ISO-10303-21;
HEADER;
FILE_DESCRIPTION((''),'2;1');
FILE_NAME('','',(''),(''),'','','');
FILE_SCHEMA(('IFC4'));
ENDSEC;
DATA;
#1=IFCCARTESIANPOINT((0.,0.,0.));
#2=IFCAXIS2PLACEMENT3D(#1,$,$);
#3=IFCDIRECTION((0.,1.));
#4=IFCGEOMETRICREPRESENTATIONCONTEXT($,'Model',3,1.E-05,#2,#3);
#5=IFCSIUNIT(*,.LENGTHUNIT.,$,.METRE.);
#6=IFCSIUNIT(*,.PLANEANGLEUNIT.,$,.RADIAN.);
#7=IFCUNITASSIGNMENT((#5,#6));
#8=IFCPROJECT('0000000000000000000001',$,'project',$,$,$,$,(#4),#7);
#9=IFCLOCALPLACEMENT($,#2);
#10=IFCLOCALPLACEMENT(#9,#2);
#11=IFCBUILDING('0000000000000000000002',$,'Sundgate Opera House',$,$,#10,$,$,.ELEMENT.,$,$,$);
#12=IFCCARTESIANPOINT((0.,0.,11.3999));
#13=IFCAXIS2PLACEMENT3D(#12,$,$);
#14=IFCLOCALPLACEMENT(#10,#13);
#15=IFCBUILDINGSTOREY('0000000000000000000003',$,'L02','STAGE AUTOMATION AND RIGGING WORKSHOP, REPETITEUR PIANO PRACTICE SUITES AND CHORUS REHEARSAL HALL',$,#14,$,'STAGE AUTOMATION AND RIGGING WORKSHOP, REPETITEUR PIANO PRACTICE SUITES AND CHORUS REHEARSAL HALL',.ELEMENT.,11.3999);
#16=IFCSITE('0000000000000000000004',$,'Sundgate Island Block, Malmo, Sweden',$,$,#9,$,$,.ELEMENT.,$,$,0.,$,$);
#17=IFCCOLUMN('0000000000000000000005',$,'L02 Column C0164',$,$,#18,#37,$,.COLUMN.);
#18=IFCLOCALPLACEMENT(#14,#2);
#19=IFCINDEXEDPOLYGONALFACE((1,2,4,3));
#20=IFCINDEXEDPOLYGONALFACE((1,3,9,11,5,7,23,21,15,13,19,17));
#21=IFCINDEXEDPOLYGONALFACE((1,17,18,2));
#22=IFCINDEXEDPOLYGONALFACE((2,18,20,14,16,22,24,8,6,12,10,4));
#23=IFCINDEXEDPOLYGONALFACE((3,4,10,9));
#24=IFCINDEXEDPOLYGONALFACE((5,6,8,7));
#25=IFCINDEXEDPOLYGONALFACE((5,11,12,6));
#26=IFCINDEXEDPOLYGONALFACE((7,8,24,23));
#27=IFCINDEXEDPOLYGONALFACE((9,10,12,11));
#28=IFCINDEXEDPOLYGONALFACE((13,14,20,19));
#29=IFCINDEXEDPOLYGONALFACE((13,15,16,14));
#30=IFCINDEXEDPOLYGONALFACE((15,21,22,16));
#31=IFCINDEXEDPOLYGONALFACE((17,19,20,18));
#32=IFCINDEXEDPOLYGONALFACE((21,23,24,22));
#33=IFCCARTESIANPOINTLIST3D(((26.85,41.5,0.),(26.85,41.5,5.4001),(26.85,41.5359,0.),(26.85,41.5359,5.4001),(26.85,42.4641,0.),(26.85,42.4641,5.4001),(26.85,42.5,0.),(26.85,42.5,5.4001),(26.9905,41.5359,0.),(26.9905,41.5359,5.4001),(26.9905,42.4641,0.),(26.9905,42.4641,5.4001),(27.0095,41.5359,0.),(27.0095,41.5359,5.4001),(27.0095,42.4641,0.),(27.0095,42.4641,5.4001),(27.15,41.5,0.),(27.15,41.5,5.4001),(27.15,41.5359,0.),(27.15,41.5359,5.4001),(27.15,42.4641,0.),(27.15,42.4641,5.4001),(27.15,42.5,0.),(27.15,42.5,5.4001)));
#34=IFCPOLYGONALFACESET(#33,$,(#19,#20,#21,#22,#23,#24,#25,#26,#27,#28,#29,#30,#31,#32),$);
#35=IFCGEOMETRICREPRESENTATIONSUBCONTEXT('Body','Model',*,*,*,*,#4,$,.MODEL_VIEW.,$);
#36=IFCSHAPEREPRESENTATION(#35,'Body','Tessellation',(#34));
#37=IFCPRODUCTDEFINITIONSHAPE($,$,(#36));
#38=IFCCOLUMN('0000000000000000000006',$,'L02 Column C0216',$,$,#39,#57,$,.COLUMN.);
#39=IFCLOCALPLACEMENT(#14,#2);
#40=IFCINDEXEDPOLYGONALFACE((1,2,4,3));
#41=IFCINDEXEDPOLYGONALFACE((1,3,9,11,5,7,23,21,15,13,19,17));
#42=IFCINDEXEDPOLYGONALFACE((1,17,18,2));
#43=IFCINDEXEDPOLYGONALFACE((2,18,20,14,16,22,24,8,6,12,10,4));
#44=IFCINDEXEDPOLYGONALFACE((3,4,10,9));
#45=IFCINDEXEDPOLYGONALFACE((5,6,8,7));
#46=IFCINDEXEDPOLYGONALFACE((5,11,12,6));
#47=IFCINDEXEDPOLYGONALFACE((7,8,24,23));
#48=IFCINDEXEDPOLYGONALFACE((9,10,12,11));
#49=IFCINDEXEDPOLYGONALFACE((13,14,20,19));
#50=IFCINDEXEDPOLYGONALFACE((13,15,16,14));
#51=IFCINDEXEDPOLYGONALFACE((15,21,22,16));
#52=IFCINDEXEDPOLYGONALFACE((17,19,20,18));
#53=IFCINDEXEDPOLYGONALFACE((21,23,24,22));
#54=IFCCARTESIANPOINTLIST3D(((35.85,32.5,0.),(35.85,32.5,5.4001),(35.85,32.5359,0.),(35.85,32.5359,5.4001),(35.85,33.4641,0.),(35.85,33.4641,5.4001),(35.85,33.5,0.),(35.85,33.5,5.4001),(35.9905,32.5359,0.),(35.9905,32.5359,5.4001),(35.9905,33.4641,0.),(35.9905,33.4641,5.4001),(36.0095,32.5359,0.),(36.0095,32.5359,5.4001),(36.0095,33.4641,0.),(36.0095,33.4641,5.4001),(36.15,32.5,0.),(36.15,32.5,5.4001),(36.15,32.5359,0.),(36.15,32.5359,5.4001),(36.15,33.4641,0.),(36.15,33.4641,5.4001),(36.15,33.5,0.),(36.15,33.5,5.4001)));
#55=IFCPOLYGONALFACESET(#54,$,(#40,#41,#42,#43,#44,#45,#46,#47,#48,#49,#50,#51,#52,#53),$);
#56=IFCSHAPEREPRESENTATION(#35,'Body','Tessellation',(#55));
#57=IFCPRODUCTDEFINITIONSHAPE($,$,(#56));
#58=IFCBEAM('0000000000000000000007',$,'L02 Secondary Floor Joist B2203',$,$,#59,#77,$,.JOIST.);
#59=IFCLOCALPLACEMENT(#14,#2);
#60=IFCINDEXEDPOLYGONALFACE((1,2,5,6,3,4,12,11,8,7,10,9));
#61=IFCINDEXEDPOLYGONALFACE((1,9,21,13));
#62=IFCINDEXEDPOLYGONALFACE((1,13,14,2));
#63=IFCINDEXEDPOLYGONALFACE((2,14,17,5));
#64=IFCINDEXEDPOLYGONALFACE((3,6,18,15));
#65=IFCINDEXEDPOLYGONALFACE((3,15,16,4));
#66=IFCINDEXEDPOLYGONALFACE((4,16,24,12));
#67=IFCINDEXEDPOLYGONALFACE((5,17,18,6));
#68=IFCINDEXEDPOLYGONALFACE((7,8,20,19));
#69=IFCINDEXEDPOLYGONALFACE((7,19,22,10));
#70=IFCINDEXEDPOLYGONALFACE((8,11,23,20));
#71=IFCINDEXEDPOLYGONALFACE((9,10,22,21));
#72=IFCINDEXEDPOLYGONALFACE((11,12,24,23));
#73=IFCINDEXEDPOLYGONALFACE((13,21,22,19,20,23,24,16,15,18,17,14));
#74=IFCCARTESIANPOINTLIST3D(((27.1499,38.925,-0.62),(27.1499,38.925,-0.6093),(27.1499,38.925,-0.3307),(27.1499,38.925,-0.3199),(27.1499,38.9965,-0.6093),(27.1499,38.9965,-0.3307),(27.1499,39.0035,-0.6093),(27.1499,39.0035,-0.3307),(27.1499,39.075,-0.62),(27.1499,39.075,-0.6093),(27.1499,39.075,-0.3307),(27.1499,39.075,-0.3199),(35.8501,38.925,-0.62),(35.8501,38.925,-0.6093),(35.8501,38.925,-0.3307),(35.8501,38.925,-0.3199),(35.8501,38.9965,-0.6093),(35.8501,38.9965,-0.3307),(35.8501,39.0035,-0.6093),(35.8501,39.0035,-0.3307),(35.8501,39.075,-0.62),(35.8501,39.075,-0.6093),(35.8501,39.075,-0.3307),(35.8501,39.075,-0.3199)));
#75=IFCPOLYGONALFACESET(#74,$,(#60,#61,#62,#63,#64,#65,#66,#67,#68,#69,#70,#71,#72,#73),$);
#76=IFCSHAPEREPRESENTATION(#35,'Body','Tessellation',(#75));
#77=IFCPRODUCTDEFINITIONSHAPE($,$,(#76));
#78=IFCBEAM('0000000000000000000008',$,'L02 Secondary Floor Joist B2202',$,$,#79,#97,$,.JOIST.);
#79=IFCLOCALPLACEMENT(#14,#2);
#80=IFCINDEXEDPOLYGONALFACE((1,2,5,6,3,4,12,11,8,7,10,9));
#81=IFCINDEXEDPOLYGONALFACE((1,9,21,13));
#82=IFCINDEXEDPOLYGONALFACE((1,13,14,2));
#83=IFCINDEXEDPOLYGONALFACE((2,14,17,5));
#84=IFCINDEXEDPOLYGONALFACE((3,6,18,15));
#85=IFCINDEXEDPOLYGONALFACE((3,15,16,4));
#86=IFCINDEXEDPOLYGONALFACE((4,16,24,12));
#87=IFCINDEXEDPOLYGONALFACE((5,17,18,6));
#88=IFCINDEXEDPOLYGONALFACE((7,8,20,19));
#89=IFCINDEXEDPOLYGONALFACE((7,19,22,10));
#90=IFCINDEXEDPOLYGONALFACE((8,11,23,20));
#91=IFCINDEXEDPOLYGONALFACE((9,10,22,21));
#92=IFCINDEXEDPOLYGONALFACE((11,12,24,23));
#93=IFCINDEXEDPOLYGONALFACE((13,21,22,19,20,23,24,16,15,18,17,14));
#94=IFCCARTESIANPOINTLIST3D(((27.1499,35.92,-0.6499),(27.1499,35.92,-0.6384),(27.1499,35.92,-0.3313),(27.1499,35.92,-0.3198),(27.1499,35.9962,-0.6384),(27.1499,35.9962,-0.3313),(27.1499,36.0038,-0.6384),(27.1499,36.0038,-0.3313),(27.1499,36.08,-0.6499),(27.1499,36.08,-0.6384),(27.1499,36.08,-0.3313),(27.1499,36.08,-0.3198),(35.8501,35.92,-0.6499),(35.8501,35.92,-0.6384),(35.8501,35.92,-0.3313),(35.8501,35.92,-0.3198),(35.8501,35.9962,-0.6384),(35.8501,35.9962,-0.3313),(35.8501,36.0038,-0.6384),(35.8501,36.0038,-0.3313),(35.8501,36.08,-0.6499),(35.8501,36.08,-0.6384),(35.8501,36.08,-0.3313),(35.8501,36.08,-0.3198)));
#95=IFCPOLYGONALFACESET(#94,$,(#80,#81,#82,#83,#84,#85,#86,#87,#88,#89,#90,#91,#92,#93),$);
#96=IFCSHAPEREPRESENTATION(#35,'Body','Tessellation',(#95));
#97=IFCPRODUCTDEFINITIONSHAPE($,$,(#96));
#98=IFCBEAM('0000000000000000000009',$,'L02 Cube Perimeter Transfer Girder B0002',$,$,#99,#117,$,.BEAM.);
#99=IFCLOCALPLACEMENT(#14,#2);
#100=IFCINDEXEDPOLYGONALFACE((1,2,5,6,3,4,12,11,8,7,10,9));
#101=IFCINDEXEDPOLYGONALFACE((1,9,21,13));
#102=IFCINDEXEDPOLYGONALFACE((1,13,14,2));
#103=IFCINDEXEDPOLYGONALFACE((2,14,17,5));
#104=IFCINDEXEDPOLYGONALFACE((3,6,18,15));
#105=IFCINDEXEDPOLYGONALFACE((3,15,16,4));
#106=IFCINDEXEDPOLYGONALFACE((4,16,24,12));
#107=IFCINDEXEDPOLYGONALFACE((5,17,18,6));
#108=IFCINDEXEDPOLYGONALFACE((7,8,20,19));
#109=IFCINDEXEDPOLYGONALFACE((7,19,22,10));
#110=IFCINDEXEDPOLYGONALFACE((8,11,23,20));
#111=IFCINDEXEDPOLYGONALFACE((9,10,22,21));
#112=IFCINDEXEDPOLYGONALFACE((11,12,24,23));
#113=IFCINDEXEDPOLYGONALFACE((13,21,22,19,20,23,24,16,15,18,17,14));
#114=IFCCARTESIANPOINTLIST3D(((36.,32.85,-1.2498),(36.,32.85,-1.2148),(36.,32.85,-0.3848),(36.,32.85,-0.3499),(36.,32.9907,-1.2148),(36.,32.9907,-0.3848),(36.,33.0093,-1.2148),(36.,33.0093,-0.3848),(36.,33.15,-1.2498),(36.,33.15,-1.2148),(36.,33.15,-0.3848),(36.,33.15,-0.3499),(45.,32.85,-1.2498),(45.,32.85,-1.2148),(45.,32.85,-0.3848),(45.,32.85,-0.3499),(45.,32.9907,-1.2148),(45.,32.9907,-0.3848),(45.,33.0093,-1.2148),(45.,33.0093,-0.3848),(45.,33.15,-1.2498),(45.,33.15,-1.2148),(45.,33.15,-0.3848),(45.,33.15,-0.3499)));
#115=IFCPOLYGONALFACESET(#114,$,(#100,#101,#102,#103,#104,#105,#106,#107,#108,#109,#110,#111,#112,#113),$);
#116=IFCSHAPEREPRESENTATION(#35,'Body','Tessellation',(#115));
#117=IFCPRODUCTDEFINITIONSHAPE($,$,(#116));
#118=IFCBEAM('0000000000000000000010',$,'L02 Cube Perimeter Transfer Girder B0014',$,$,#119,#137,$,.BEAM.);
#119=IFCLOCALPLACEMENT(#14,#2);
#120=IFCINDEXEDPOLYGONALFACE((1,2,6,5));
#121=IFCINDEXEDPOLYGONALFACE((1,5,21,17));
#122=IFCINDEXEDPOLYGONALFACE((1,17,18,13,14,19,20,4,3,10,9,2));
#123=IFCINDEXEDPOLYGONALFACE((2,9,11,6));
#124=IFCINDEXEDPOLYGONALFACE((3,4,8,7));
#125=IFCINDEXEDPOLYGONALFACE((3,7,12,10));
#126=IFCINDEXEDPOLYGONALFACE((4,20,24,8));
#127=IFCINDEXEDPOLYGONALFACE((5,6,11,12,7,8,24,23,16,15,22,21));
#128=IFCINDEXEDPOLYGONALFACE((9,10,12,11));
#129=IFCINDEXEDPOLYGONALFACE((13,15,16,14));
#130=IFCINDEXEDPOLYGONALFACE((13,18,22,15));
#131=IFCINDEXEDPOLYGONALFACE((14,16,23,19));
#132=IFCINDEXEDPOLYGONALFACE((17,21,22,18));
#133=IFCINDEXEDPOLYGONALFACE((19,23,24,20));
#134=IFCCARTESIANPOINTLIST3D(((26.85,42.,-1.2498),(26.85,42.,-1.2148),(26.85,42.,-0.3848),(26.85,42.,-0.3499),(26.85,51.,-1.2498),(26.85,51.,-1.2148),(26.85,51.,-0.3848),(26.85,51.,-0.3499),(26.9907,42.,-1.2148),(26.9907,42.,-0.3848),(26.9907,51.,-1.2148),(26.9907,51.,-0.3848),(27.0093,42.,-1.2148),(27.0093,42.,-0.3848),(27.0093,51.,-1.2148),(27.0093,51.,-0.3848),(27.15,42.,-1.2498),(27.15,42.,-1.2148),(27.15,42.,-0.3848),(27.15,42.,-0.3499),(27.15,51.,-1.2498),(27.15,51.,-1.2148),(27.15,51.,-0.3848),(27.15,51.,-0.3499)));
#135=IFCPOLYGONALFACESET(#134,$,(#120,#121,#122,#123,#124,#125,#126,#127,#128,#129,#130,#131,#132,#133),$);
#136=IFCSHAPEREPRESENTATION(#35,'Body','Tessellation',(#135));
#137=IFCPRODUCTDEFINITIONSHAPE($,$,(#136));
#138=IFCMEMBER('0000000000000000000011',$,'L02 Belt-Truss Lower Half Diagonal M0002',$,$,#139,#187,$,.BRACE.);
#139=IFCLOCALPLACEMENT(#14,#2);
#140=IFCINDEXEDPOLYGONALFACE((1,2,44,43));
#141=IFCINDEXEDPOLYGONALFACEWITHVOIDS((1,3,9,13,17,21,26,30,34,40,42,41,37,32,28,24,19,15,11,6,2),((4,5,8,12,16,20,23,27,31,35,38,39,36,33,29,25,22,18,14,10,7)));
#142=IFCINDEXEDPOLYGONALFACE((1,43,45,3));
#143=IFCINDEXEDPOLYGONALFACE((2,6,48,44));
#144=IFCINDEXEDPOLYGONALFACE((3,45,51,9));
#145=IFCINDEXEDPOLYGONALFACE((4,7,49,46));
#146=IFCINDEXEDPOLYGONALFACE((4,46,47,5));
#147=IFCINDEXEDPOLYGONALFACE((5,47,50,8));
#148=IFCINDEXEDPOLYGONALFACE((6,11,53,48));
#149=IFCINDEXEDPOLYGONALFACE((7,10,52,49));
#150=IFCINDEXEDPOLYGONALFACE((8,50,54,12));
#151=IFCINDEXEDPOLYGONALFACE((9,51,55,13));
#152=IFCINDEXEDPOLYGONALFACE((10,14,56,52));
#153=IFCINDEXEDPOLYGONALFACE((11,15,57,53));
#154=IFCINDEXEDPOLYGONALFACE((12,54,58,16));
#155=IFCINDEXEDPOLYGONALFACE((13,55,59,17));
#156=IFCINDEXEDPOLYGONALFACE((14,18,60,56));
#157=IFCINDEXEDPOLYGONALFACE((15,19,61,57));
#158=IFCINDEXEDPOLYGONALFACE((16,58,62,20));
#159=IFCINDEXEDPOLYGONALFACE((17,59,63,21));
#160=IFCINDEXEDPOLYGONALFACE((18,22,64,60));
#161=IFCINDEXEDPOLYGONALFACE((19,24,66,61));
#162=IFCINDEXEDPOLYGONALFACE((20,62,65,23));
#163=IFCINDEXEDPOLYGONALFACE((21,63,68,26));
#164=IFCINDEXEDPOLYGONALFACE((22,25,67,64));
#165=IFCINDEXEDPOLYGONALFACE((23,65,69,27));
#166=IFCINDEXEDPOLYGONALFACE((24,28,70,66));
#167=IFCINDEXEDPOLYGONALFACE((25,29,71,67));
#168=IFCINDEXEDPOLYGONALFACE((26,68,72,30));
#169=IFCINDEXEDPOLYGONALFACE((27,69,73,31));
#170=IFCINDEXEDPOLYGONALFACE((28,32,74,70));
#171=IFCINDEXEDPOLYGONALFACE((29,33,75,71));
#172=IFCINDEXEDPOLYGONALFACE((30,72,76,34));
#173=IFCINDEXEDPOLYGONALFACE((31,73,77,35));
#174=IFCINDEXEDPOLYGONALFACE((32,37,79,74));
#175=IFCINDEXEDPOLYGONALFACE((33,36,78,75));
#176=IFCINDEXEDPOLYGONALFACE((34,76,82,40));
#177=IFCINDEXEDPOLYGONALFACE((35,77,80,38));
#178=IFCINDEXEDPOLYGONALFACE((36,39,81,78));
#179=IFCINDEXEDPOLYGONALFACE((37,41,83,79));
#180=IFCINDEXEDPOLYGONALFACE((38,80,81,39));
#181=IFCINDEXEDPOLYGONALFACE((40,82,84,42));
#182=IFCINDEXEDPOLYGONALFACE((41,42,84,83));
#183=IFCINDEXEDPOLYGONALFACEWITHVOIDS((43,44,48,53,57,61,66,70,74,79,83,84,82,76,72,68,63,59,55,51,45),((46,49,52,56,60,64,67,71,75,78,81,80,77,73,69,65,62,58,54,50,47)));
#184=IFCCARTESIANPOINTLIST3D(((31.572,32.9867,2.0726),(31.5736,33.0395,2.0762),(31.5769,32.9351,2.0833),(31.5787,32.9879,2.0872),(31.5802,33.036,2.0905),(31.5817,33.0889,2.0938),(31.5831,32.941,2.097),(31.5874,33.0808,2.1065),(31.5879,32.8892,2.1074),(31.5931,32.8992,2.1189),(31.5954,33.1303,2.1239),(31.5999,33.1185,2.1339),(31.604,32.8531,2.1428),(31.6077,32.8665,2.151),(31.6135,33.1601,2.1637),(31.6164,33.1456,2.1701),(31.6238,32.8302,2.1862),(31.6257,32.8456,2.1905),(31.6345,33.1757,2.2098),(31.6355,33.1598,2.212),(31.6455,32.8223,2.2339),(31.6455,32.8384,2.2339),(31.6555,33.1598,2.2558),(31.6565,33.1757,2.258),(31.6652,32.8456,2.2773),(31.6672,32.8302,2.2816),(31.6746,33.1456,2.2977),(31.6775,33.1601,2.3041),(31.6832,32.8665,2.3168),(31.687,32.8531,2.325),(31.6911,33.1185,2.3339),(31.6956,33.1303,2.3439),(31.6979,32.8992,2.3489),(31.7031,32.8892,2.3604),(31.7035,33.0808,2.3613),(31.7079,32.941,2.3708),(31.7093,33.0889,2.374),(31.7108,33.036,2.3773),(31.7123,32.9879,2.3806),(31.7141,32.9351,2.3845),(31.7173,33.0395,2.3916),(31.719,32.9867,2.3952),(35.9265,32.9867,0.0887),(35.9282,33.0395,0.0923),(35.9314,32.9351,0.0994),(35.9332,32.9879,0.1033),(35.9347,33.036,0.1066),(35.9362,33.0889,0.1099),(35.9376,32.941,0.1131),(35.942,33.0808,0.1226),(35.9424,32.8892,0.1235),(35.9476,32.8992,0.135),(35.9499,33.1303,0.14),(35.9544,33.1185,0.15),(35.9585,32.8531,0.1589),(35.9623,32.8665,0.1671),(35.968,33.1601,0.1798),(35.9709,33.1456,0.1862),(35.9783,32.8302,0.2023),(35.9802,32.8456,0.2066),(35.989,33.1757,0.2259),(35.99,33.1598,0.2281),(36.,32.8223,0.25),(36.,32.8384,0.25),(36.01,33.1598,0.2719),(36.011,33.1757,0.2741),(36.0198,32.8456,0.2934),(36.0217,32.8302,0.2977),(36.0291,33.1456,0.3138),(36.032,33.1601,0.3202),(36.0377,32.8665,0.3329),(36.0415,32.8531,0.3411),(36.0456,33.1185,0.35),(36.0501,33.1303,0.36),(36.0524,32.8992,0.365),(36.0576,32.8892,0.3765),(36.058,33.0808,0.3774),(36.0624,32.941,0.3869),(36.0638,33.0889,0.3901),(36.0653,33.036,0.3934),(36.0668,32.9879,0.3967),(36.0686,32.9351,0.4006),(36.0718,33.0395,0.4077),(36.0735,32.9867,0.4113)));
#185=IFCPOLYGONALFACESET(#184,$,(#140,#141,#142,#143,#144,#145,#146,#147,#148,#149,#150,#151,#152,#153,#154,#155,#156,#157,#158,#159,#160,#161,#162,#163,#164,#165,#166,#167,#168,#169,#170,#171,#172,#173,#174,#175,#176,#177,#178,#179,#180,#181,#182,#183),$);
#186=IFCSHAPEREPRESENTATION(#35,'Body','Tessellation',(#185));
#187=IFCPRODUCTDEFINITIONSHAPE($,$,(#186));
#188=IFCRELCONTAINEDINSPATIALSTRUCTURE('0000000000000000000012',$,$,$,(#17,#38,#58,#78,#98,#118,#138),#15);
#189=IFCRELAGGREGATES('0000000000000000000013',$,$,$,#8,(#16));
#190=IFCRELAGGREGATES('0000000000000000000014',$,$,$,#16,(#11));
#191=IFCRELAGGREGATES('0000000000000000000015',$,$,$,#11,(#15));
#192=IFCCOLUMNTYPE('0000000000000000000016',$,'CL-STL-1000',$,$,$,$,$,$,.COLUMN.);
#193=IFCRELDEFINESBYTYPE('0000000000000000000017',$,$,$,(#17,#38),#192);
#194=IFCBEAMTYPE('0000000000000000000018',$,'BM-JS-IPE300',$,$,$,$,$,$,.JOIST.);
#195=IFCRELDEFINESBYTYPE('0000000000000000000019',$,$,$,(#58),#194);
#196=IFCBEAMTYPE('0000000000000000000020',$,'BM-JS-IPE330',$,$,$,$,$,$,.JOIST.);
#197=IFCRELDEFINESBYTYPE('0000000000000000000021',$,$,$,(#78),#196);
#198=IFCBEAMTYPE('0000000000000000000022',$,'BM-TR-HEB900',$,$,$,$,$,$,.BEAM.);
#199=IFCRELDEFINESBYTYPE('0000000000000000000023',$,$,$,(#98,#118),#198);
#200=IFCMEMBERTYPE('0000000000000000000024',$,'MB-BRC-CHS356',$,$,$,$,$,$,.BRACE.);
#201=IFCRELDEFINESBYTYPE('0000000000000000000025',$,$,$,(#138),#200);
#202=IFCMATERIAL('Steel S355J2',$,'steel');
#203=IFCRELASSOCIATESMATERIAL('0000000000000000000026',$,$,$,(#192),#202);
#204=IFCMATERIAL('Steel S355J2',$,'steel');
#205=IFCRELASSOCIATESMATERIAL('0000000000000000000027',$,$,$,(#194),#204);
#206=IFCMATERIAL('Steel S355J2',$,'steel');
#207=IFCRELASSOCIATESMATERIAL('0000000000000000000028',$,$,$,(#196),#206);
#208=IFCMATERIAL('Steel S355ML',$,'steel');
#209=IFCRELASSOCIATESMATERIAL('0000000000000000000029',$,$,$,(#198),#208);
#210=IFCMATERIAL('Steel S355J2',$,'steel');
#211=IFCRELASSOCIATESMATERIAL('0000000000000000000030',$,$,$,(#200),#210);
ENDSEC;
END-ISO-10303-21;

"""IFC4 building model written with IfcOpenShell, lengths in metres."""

from ifc_helpers import new_model, si_unit, direction, frame, origin, origin_2d, place, context, subcontext, project, spatial, hollow_circle, i_section, extrude, material, material_profile, profile_set, type_object, element, save


model = new_model("IFC4")

# Units and contexts
model_context = context("Model", 3, precision=1e-05, world=origin(), true_north=direction((0.0, 1.0)))
body_context = subcontext(model_context, "Body", "Model", "MODEL_VIEW")
ifc_project = project(units=[si_unit("LENGTHUNIT", "METRE"), si_unit("PLANEANGLEUNIT", "RADIAN")], contexts=[model_context])

# Site, building, storey
site_placement = place(None, origin())
site = spatial("IfcSite", under=ifc_project, at=site_placement, Name="Sundgate Island Block, Malmo, Sweden", CompositionType="ELEMENT", RefElevation=0.0)
building_placement = place(site_placement, origin())
building = spatial("IfcBuilding", under=site, at=building_placement, Name="Sundgate Opera House", CompositionType="ELEMENT")
storey_placement = place(building_placement, frame((0.0, 0.0, 11.3999)))
storey = spatial("IfcBuildingStorey", under=building, at=storey_placement, Name="L02", Description="STAGE AUTOMATION AND RIGGING WORKSHOP, REPETITEUR PIANO PRACTICE SUITES AND CHORUS REHEARSAL HALL", LongName="STAGE AUTOMATION AND RIGGING WORKSHOP, REPETITEUR PIANO PRACTICE SUITES AND CHORUS REHEARSAL HALL", CompositionType="ELEMENT", Elevation=11.3999)

# Columns
ifc_material_1 = material(Name="Steel S355J2", Category="steel")
ifc_material_profile_1 = material_profile(ifc_material_1, i_section(OverallWidth=0.3, OverallDepth=1.0, WebThickness=0.019, FlangeThickness=0.0359, at=origin_2d()), Name="HEB 1000")
ifc_profile_set_1 = profile_set([ifc_material_profile_1], Name="Steel S355J2")
column_type = type_object("IfcColumnType", Name="CL-STL-1000", PredefinedType="COLUMN", material=ifc_profile_set_1)
for number, where, z_axis, x_axis, name in (
    (1, (27.0, 42.0, 0.0), (0.0, 0.0, 1.0), (1.0, 0.0, 0.0), "L02 Column C0164"),
    (2, (36.0, 33.0, 0.0), (0.0, 0.0, 1.0), (1.0, 0.0, 0.0), "L02 Column C0216"),
):
    element("IfcColumn", number, at=place(storey_placement, frame(where, z_axis=z_axis, x_axis=x_axis)), inside=storey, type_object=column_type, Name=name, PredefinedType="COLUMN", context=body_context, shape_type="SweptSolid", body=[
        extrude(i_section(OverallWidth=0.3, OverallDepth=1.0, WebThickness=0.019, FlangeThickness=0.0359, at=origin_2d()), origin(), (0.0, 0.0, 1.0), 5.4001),
    ])

# Beams
ifc_material_2 = material(Name="Steel S355J2", Category="steel")
ifc_material_profile_2 = material_profile(ifc_material_2, i_section(OverallWidth=0.1499, OverallDepth=0.3, WebThickness=0.0071, FlangeThickness=0.0107, at=origin_2d()), Name="IPE 300")
ifc_profile_set_2 = profile_set([ifc_material_profile_2], Name="Steel S355J2")
beam_type_1 = type_object("IfcBeamType", Name="BM-JS-IPE300", PredefinedType="JOIST", material=ifc_profile_set_2)
beam_1_placement = place(storey_placement, frame((27.1499, 39.0, -0.47), z_axis=(1.0, 0.0, 0.0), x_axis=(0.0, 1.0, 0.0)))
element("IfcBeam", 3, at=beam_1_placement, inside=storey, type_object=beam_type_1, Name="L02 Secondary Floor Joist B2203", PredefinedType="JOIST", context=body_context, shape_type="SweptSolid", body=[
    extrude(i_section(OverallWidth=0.1499, OverallDepth=0.3, WebThickness=0.0071, FlangeThickness=0.0107, at=origin_2d()), origin(), (0.0, 0.0, 1.0), 8.7002),
])
ifc_material_3 = material(Name="Steel S355J2", Category="steel")
ifc_material_profile_3 = material_profile(ifc_material_3, i_section(OverallWidth=0.1599, OverallDepth=0.3301, WebThickness=0.0076, FlangeThickness=0.0115, at=origin_2d()), Name="IPE 330")
ifc_profile_set_3 = profile_set([ifc_material_profile_3], Name="Steel S355J2")
beam_type_2 = type_object("IfcBeamType", Name="BM-JS-IPE330", PredefinedType="JOIST", material=ifc_profile_set_3)
beam_2_placement = place(storey_placement, frame((27.1499, 36.0, -0.4849), z_axis=(1.0, 0.0, 0.0), x_axis=(0.0, 1.0, 0.0)))
element("IfcBeam", 4, at=beam_2_placement, inside=storey, type_object=beam_type_2, Name="L02 Secondary Floor Joist B2202", PredefinedType="JOIST", context=body_context, shape_type="SweptSolid", body=[
    extrude(i_section(OverallWidth=0.1599, OverallDepth=0.3301, WebThickness=0.0076, FlangeThickness=0.0115, at=origin_2d()), origin(), (0.0, 0.0, 1.0), 8.7002),
])
ifc_material_4 = material(Name="Steel S355ML", Category="steel")
ifc_material_profile_4 = material_profile(ifc_material_4, i_section(OverallWidth=0.3, OverallDepth=0.8999, WebThickness=0.0186, FlangeThickness=0.0349, at=origin_2d()), Name="HEB 900")
ifc_profile_set_4 = profile_set([ifc_material_profile_4], Name="Steel S355ML")
beam_type_3 = type_object("IfcBeamType", Name="BM-TR-HEB900", PredefinedType="BEAM", material=ifc_profile_set_4)
for number, where, z_axis, x_axis, name in (
    (5, (36.0, 33.0, -0.7998), (1.0, 0.0, 0.0), (0.0, 1.0, 0.0), "L02 Cube Perimeter Transfer Girder B0002"),
    (6, (27.0, 42.0, -0.7998), (0.0, 1.0, 0.0), (-1.0, 0.0, 0.0), "L02 Cube Perimeter Transfer Girder B0014"),
):
    element("IfcBeam", number, at=place(storey_placement, frame(where, z_axis=z_axis, x_axis=x_axis)), inside=storey, type_object=beam_type_3, Name=name, PredefinedType="BEAM", context=body_context, shape_type="SweptSolid", body=[
        extrude(i_section(OverallWidth=0.3, OverallDepth=0.8999, WebThickness=0.0186, FlangeThickness=0.0349, at=origin_2d()), origin(), (0.0, 0.0, 1.0), 9.0),
    ])

# Member
ifc_material_5 = material(Name="Steel S355J2", Category="steel")
ifc_material_profile_5 = material_profile(ifc_material_5, hollow_circle(Radius=0.1777, WallThickness=0.0161, at=origin_2d()), Name="CHS 355.6x16.0")
ifc_profile_set_5 = profile_set([ifc_material_profile_5], Name="Steel S355J2")
member_type = type_object("IfcMemberType", Name="MB-BRC-CHS356", PredefinedType="BRACE", material=ifc_profile_set_5)
member_placement = place(storey_placement, frame((36.0, 33.0, 0.25), z_axis=(-0.910006, 0.0, 0.414595), x_axis=(0.0, -1.0, 0.0)))
element("IfcMember", 7, at=member_placement, inside=storey, type_object=member_type, Name="L02 Belt-Truss Lower Half Diagonal M0002", PredefinedType="BRACE", context=body_context, shape_type="SweptSolid", body=[
    extrude(hollow_circle(Radius=0.1777, WallThickness=0.0161, at=origin_2d()), origin(), (0.0, 0.0, 1.0), 4.7852),
])

save(model, "model.ifc")
